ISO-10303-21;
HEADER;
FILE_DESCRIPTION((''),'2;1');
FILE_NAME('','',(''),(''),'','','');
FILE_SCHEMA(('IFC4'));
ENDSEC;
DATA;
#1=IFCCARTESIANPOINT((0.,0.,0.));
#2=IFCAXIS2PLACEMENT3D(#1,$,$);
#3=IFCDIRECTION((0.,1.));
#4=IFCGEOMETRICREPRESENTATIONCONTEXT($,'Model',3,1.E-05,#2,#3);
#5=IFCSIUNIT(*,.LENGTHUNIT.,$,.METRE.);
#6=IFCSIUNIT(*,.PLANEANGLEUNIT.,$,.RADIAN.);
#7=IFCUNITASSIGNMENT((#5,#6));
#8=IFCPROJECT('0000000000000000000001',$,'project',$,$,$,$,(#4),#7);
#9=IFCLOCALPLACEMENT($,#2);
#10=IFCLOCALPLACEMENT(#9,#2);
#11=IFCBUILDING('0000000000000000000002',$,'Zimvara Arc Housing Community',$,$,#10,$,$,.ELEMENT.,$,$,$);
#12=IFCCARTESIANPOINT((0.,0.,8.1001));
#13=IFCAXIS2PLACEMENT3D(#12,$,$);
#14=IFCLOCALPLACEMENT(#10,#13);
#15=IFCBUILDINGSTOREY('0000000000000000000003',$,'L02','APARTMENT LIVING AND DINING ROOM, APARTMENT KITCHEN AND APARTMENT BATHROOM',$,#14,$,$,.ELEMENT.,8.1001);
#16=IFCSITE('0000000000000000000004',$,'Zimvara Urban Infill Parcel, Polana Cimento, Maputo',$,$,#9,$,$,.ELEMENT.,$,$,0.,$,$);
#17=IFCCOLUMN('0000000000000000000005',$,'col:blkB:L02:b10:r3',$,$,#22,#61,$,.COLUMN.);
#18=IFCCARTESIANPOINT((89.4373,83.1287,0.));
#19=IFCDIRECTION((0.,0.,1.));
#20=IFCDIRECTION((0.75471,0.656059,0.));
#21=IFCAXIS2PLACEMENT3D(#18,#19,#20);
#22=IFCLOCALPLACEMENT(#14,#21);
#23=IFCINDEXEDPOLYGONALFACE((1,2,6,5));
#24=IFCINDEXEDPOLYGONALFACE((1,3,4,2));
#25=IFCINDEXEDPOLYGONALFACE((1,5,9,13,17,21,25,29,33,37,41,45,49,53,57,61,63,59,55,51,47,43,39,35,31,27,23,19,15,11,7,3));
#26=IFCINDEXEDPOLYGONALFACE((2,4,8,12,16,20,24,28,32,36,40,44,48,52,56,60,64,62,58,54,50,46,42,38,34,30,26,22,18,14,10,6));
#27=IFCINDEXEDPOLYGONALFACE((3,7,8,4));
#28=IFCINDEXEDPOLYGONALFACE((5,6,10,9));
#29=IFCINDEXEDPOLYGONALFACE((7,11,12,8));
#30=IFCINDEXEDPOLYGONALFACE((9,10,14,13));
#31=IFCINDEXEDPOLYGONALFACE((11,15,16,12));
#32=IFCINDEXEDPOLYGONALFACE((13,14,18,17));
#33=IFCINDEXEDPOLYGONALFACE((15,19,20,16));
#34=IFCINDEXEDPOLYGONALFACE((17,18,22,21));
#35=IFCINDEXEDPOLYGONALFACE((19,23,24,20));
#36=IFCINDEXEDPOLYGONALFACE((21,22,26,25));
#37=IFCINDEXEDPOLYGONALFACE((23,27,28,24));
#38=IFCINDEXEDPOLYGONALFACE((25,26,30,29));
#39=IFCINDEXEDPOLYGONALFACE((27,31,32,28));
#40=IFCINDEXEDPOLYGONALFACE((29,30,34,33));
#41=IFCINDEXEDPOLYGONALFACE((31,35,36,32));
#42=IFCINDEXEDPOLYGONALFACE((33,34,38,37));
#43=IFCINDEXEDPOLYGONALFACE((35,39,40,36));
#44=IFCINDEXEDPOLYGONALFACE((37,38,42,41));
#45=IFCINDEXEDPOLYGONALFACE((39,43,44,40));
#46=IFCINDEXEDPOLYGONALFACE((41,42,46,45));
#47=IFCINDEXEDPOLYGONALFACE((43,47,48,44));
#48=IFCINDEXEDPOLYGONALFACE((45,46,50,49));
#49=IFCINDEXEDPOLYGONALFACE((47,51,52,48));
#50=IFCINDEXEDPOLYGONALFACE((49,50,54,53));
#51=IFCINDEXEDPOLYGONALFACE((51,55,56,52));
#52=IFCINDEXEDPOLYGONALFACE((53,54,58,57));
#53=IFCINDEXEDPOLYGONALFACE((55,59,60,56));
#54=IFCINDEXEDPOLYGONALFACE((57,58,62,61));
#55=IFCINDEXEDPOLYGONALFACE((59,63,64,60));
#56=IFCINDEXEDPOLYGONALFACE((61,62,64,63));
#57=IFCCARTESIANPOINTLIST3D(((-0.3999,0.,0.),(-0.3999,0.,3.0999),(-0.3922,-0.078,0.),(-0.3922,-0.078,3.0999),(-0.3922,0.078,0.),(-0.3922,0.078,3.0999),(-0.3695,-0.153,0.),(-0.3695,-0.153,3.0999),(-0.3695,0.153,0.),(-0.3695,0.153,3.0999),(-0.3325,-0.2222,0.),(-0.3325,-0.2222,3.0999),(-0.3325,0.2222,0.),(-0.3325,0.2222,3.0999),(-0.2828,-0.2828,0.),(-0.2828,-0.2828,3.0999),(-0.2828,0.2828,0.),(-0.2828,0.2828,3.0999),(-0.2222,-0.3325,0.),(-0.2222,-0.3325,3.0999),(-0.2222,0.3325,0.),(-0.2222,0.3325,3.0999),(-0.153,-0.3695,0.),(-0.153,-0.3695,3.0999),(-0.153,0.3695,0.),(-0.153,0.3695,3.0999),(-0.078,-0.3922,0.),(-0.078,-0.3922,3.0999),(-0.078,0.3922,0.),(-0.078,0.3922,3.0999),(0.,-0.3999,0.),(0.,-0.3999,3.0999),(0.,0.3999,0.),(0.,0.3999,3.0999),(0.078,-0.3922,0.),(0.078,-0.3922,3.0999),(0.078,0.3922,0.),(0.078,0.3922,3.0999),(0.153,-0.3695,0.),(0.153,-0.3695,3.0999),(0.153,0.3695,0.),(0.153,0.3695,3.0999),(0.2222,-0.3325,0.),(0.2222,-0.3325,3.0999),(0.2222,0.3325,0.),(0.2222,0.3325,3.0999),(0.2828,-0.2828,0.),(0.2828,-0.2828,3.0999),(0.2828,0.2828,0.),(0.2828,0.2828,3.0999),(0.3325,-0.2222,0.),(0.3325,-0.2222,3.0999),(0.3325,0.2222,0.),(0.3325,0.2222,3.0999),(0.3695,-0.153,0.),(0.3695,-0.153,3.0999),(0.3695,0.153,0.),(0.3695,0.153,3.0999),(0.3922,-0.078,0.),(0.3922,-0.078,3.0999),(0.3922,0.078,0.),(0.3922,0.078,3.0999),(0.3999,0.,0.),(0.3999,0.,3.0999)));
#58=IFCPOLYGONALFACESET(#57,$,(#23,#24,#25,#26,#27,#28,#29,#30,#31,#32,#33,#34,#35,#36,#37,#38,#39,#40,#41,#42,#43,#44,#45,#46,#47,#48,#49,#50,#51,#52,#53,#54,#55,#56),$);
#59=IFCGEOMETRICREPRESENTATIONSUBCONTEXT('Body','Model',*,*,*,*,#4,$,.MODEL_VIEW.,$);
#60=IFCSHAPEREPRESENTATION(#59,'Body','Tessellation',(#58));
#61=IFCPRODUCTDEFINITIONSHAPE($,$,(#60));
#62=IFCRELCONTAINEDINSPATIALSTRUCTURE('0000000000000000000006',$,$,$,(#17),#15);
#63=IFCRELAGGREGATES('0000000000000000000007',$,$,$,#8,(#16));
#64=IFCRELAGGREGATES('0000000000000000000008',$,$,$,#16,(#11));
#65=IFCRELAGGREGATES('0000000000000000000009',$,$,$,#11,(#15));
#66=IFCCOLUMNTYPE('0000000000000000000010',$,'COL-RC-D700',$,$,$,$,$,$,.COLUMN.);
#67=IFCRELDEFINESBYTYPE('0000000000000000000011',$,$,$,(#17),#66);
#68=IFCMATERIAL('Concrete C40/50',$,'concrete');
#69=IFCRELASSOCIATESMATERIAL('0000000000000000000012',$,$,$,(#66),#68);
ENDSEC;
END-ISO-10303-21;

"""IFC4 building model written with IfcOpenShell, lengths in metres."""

from ifc_helpers import new_model, si_unit, direction, frame, origin, origin_2d, place, context, subcontext, project, spatial, circle, extrude, material, material_profile, profile_set, type_object, element, save


model = new_model("IFC4")

# Units and contexts
model_context = context("Model", 3, precision=1e-05, world=origin(), true_north=direction((0.0, 1.0)))
body_context = subcontext(model_context, "Body", "Model", "MODEL_VIEW")
ifc_project = project(units=[si_unit("LENGTHUNIT", "METRE"), si_unit("PLANEANGLEUNIT", "RADIAN")], contexts=[model_context])

# Site, building, storey
site_placement = place(None, origin())
site = spatial("IfcSite", under=ifc_project, at=site_placement, Name="Zimvara Urban Infill Parcel, Polana Cimento, Maputo", CompositionType="ELEMENT", RefElevation=0.0)
building_placement = place(site_placement, origin())
building = spatial("IfcBuilding", under=site, at=building_placement, Name="Zimvara Arc Housing Community", CompositionType="ELEMENT")
storey_placement = place(building_placement, frame((0.0, 0.0, 8.1001)))
storey = spatial("IfcBuildingStorey", under=building, at=storey_placement, Name="L02", Description="APARTMENT LIVING AND DINING ROOM, APARTMENT KITCHEN AND APARTMENT BATHROOM", CompositionType="ELEMENT", Elevation=8.1001)

# Column
ifc_material_1 = material(Name="Concrete C40/50", Category="concrete")
ifc_material_profile_1 = material_profile(ifc_material_1, circle(Radius=0.3999, at=origin_2d()), Name="RC D800")
ifc_profile_set_1 = profile_set([ifc_material_profile_1], Name="Concrete C40/50")
column_type_1 = type_object("IfcColumnType", Name="COL-RC-D700", PredefinedType="COLUMN", material=ifc_profile_set_1)
column_1_placement = place(storey_placement, frame((89.4373, 83.1287, 0.0), z_axis=(0.0, 0.0, 1.0), x_axis=(0.75471, 0.656059, 0.0)))
element("IfcColumn", 1, at=column_1_placement, inside=storey, type_object=column_type_1, Name="col:blkB:L02:b10:r3", PredefinedType="COLUMN", context=body_context, shape_type="SweptSolid", body=[
    extrude(circle(Radius=0.3999, at=origin_2d()), origin(), (0.0, 0.0, 1.0), 3.0999),
])

save(model, "model.ifc")
